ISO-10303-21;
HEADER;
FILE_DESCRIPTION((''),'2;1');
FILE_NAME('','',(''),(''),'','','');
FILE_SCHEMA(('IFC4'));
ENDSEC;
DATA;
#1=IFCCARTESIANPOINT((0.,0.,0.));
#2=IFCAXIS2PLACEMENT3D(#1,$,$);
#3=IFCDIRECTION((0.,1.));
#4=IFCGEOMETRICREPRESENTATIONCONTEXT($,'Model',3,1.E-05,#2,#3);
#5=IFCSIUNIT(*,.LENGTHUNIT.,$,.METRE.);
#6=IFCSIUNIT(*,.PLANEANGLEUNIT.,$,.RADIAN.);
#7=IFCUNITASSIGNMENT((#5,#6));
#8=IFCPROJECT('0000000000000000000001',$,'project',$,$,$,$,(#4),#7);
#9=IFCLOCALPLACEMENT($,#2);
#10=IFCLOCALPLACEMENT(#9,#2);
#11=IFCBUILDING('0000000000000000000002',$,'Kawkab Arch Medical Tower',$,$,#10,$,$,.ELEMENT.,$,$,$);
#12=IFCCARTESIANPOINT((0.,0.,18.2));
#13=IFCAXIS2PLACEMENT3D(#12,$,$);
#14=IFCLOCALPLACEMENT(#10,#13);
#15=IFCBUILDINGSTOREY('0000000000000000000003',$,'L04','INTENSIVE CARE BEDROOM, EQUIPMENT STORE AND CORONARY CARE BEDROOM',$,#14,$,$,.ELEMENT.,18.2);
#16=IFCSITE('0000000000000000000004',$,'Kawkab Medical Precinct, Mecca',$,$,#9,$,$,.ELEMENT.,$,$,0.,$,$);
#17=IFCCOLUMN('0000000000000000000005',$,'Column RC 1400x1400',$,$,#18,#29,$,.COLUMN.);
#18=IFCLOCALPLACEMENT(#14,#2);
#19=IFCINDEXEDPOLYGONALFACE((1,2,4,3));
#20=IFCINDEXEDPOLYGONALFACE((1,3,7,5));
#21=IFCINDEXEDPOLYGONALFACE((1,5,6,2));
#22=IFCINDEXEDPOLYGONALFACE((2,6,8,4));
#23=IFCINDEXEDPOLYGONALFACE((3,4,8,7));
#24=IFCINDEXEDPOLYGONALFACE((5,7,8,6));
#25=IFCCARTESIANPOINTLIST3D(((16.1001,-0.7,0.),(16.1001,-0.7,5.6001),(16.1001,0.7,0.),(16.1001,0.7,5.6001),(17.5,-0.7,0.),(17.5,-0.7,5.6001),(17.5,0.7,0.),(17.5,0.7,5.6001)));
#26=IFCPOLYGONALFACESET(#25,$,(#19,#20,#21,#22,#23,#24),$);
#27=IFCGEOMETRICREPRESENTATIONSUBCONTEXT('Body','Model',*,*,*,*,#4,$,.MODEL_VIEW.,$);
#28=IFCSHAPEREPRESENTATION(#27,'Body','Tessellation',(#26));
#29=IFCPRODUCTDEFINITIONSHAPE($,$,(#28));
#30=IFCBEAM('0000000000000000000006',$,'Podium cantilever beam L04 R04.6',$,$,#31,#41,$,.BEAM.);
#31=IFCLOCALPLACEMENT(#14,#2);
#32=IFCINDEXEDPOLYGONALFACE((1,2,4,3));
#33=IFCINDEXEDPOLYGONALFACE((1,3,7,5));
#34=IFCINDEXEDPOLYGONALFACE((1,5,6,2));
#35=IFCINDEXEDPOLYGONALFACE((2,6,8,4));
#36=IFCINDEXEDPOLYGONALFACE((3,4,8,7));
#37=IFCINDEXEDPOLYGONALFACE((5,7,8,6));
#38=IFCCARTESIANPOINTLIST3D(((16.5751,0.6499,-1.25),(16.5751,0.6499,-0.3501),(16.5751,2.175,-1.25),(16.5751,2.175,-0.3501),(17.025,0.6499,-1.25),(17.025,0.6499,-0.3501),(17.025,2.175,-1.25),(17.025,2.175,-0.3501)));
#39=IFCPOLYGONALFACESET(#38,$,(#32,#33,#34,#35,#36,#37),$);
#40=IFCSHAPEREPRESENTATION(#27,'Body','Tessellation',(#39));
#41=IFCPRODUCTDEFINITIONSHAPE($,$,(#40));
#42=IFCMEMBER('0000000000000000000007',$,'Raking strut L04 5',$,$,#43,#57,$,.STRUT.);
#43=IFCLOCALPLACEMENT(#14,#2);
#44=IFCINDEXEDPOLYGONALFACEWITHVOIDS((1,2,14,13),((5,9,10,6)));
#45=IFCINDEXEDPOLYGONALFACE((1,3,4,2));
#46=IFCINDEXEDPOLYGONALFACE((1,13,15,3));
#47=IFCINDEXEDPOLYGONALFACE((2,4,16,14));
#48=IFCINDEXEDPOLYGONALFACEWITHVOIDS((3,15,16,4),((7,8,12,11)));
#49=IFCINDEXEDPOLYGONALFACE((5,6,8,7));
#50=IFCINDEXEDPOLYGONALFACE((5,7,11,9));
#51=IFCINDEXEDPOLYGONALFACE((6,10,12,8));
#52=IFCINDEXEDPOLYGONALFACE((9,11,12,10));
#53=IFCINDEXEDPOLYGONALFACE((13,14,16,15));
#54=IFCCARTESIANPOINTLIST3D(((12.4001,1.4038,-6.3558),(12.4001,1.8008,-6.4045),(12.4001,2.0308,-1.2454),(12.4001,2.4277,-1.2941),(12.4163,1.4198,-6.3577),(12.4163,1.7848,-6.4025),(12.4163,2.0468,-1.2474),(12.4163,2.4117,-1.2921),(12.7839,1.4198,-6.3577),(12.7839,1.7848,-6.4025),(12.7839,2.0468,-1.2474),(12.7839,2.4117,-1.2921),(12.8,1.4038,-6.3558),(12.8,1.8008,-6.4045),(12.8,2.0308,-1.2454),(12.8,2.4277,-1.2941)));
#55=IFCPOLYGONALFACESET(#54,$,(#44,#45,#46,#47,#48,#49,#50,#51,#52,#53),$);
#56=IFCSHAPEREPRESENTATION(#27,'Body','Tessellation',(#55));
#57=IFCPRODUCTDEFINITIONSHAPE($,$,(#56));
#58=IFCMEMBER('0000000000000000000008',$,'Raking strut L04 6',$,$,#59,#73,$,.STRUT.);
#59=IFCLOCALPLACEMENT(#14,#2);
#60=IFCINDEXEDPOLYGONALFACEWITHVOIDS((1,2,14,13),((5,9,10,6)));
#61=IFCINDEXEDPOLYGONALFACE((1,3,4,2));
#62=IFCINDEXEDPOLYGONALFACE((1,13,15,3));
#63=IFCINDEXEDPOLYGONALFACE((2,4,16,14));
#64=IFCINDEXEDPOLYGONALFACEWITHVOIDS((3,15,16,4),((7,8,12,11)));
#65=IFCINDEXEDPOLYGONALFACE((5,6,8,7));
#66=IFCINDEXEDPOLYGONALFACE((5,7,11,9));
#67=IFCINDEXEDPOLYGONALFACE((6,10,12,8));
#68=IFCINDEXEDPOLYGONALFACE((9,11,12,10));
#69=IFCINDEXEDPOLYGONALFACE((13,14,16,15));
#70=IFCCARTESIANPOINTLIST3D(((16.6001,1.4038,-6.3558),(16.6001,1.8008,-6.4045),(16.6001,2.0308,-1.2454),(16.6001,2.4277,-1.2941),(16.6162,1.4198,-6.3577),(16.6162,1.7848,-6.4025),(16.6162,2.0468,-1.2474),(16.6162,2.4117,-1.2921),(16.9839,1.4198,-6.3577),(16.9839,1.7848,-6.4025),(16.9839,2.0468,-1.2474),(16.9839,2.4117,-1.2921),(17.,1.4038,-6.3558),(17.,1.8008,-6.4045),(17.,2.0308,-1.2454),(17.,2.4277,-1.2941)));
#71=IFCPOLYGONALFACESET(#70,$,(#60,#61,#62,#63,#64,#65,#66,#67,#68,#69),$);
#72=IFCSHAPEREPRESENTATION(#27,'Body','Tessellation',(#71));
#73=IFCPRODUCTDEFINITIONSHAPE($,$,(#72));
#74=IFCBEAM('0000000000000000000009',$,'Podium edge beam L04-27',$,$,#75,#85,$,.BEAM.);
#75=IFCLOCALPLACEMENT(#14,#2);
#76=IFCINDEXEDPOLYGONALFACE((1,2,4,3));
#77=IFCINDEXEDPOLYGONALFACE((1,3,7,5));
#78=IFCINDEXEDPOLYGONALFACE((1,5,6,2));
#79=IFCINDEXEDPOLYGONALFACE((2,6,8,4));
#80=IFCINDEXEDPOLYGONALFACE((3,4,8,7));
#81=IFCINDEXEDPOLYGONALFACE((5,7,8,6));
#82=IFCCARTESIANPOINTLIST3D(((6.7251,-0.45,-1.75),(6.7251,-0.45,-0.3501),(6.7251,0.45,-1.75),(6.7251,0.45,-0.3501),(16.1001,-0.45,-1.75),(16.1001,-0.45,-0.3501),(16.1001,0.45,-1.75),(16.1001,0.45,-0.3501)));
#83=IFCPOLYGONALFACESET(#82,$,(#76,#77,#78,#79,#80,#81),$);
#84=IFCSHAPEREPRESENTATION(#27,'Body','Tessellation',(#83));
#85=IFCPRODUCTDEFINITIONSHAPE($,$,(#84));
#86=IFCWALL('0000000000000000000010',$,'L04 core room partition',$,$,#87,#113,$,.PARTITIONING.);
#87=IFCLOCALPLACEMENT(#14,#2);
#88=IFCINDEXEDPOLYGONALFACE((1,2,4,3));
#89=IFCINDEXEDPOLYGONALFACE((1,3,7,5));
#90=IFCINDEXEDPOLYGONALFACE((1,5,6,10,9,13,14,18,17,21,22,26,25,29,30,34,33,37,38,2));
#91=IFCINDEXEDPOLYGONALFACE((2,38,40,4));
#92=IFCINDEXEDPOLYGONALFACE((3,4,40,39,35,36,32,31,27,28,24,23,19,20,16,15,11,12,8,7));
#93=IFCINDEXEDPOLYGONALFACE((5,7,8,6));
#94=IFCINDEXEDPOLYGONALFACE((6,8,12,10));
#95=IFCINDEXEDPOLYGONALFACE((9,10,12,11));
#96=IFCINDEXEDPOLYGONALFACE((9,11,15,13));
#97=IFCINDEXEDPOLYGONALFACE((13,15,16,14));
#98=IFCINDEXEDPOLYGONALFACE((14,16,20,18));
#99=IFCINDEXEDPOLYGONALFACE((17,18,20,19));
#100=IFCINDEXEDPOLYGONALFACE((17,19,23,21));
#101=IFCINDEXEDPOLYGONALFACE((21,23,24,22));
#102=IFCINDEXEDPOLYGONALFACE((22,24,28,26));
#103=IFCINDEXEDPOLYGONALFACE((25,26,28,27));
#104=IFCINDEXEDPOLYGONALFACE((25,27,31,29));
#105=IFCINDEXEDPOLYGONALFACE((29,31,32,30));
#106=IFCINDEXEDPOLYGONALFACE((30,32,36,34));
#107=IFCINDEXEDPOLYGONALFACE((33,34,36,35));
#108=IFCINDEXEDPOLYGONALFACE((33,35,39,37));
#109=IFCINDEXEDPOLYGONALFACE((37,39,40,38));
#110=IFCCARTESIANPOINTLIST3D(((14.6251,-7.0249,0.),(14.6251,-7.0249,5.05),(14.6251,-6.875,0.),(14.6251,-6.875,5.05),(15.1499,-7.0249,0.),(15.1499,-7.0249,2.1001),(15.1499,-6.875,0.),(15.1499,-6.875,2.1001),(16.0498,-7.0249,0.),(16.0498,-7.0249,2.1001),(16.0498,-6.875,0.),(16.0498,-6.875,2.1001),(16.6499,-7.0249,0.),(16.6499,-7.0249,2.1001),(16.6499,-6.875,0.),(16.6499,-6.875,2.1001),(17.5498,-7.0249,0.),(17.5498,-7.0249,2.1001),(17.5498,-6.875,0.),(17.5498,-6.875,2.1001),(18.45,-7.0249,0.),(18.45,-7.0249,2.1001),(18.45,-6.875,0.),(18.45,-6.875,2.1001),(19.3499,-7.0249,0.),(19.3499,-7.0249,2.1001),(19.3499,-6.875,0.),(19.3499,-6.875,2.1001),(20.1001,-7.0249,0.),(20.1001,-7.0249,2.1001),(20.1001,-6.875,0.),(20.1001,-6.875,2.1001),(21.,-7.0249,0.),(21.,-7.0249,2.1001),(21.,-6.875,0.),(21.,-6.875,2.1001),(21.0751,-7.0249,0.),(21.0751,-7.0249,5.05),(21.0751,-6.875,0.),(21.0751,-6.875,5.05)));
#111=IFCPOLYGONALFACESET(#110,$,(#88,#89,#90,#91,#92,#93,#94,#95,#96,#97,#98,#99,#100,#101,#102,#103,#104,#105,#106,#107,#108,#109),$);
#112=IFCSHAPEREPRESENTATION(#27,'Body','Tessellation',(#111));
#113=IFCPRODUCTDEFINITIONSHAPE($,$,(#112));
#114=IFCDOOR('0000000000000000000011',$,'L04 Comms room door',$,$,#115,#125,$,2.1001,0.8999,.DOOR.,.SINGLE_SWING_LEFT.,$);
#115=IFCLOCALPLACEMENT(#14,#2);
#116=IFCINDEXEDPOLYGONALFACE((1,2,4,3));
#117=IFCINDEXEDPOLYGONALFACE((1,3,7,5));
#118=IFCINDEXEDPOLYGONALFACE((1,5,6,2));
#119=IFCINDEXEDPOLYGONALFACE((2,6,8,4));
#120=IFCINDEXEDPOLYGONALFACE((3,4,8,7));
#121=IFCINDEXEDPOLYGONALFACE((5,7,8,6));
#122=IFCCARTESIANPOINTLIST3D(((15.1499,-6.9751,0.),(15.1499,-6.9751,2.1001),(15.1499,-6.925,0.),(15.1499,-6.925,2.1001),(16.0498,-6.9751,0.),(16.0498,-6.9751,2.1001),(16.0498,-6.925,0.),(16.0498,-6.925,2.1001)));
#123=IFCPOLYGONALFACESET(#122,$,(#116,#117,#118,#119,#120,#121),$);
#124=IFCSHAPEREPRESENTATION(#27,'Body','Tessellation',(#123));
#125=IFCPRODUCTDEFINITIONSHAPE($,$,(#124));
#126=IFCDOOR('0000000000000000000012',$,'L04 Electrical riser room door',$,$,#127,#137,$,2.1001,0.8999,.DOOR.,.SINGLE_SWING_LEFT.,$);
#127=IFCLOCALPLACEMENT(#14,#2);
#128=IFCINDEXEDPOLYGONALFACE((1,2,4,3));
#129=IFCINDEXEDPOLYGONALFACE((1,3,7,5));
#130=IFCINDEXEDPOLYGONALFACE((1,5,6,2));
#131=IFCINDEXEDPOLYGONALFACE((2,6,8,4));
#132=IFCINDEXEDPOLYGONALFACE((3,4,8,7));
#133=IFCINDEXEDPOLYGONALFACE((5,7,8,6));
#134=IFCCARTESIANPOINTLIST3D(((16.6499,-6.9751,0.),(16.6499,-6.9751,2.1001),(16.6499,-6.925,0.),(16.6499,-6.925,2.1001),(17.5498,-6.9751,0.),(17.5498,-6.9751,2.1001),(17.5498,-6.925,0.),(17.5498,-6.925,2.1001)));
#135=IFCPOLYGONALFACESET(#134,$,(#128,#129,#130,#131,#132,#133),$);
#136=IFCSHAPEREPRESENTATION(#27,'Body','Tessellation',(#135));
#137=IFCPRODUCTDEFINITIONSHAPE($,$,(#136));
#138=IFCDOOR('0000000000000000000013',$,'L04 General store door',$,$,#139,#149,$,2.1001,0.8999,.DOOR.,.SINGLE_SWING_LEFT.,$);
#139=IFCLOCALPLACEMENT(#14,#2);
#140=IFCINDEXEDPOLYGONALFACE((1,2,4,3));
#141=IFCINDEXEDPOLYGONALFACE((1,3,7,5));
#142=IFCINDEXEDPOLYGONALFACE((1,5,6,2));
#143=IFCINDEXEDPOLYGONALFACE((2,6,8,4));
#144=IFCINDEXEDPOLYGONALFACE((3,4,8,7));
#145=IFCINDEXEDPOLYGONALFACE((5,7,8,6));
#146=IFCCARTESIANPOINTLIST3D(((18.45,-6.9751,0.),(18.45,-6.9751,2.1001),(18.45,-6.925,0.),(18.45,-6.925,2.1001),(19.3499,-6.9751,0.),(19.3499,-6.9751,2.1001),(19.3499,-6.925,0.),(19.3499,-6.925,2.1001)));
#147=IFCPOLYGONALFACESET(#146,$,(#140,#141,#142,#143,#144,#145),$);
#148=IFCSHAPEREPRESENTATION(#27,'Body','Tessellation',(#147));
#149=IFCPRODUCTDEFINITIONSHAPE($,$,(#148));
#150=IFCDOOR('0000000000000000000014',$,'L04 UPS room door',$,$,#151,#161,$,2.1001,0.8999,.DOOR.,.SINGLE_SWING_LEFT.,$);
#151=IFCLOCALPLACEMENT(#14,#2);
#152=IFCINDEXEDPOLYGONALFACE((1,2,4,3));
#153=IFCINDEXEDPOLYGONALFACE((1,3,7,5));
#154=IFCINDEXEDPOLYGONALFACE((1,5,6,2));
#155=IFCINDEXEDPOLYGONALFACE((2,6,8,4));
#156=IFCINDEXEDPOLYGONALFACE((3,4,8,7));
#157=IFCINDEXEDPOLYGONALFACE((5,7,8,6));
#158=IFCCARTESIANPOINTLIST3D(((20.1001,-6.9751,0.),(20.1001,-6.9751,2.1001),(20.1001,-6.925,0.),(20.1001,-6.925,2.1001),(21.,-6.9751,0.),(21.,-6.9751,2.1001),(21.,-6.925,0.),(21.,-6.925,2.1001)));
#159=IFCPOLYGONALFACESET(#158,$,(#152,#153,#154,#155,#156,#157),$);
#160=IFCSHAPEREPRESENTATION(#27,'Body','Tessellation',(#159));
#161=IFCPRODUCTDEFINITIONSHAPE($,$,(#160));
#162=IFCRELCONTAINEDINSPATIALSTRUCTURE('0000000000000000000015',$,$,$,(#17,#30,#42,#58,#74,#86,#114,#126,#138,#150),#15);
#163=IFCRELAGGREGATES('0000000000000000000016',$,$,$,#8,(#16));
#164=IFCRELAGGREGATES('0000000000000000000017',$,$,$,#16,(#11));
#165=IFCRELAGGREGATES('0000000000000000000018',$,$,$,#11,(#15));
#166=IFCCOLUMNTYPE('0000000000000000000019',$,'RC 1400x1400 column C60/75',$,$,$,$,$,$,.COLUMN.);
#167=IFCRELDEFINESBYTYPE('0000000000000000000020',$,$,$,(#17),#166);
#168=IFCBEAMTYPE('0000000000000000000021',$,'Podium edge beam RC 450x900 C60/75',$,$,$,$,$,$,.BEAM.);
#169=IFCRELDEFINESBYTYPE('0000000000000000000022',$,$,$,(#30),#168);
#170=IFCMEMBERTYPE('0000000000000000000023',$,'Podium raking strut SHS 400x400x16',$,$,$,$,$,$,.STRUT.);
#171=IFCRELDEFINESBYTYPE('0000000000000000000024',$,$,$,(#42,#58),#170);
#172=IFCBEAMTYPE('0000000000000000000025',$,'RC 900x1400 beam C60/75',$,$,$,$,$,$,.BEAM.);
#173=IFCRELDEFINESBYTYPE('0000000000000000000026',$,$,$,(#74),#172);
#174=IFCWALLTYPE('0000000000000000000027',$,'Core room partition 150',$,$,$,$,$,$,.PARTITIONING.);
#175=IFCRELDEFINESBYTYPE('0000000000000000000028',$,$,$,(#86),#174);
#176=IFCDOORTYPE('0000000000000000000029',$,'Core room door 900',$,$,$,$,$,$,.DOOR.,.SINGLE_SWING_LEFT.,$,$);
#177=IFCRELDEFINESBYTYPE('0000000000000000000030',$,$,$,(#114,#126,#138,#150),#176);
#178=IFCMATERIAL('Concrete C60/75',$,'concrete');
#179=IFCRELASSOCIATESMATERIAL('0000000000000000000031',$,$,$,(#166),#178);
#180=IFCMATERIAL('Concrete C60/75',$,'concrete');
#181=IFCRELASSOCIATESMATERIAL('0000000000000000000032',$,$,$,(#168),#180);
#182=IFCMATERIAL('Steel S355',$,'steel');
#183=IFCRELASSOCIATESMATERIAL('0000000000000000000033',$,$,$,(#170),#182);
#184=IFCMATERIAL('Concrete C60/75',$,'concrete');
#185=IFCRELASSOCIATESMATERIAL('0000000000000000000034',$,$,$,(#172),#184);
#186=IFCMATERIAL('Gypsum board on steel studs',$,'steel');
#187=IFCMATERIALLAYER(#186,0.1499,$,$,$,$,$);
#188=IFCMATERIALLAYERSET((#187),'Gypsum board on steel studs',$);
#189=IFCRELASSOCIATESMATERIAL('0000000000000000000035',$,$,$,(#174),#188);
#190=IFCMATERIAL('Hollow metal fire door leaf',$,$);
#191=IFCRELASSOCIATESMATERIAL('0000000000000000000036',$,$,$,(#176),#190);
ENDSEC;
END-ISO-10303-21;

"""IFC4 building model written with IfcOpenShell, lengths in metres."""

from ifc_helpers import new_model, si_unit, direction, frame, frame_2d, origin, origin_2d, place, context, subcontext, project, spatial, rectangle, hollow_rectangle, extrude, material, layer, layer_set, material_profile, profile_set, type_object, element, fill, save


model = new_model("IFC4")

# Units and contexts
model_context = context("Model", 3, precision=1e-05, world=origin(), true_north=direction((0.0, 1.0)))
body_context = subcontext(model_context, "Body", "Model", "MODEL_VIEW")
ifc_project = project(units=[si_unit("LENGTHUNIT", "METRE"), si_unit("PLANEANGLEUNIT", "RADIAN")], contexts=[model_context])

# Site, building, storey
site_placement = place(None, origin())
site = spatial("IfcSite", under=ifc_project, at=site_placement, Name="Kawkab Medical Precinct, Mecca", CompositionType="ELEMENT", RefElevation=0.0)
building_placement = place(site_placement, origin())
building = spatial("IfcBuilding", under=site, at=building_placement, Name="Kawkab Arch Medical Tower", CompositionType="ELEMENT")
storey_placement = place(building_placement, frame((0.0, 0.0, 18.2)))
storey = spatial("IfcBuildingStorey", under=building, at=storey_placement, Name="L04", Description="INTENSIVE CARE BEDROOM, EQUIPMENT STORE AND CORONARY CARE BEDROOM", CompositionType="ELEMENT", Elevation=18.2)

# Column
ifc_material_1 = material(Name="Concrete C60/75", Category="concrete")
ifc_material_profile_1 = material_profile(ifc_material_1, rectangle(XDim=1.3999, YDim=1.3999, at=origin_2d()), Name="RC 1400x1400")
ifc_profile_set_1 = profile_set([ifc_material_profile_1], Name="Concrete C60/75")
column_type = type_object("IfcColumnType", Name="RC 1400x1400 column C60/75", PredefinedType="COLUMN", material=ifc_profile_set_1)
column_placement = place(storey_placement, frame((16.8, 0.0, 0.0), z_axis=(0.0, 0.0, 1.0), x_axis=(1.0, 0.0, 0.0)))
element("IfcColumn", 1, at=column_placement, inside=storey, type_object=column_type, Name="Column RC 1400x1400", PredefinedType="COLUMN", context=body_context, shape_type="SweptSolid", body=[
    extrude(rectangle(XDim=1.3999, YDim=1.3999, at=origin_2d()), origin(), (0.0, 0.0, 1.0), 5.6001),
])

# Beam
ifc_material_2 = material(Name="Concrete C60/75", Category="concrete")
ifc_material_profile_2 = material_profile(ifc_material_2, rectangle(XDim=0.45, YDim=0.8999, at=origin_2d()), Name="RC 450x900")
ifc_profile_set_2 = profile_set([ifc_material_profile_2], Name="Concrete C60/75")
beam_type_1 = type_object("IfcBeamType", Name="Podium edge beam RC 450x900 C60/75", PredefinedType="BEAM", material=ifc_profile_set_2)
beam_1_placement = place(storey_placement, frame((16.8, 0.6499, -0.8), z_axis=(0.0, 1.0, 0.0), x_axis=(-1.0, 0.0, 0.0)))
element("IfcBeam", 2, at=beam_1_placement, inside=storey, type_object=beam_type_1, Name="Podium cantilever beam L04 R04.6", PredefinedType="BEAM", context=body_context, shape_type="SweptSolid", body=[
    extrude(rectangle(XDim=0.45, YDim=0.8999, at=origin_2d()), origin(), (0.0, 0.0, 1.0), 1.5251),
])

# Members
ifc_material_3 = material(Name="Steel S355", Category="steel")
ifc_material_profile_3 = material_profile(ifc_material_3, hollow_rectangle(XDim=0.3999, YDim=0.3999, WallThickness=0.0161, at=origin_2d()), Name="SHS 400x400x16")
ifc_profile_set_3 = profile_set([ifc_material_profile_3], Name="Steel S355")
member_type = type_object("IfcMemberType", Name="Podium raking strut SHS 400x400x16", PredefinedType="STRUT", material=ifc_profile_set_3)
for number, where, z_axis, x_axis, name in (
    (3, (12.6001, 1.6023, -6.3801), (0.0, 0.12177, 0.992558), (-1.0, 0.0, 0.0), "Raking strut L04 5"),
    (4, (16.8, 1.6023, -6.3801), (0.0, 0.12177, 0.992558), (-1.0, 0.0, 0.0), "Raking strut L04 6"),
):
    element("IfcMember", number, at=place(storey_placement, frame(where, z_axis=z_axis, x_axis=x_axis)), inside=storey, type_object=member_type, Name=name, PredefinedType="STRUT", context=body_context, shape_type="SweptSolid", body=[
        extrude(hollow_rectangle(XDim=0.3999, YDim=0.3999, WallThickness=0.0161, at=origin_2d()), origin(), (0.0, 0.0, 1.0), 5.1487),
    ])

# Beam
ifc_material_4 = material(Name="Concrete C60/75", Category="concrete")
ifc_material_profile_4 = material_profile(ifc_material_4, rectangle(XDim=0.8999, YDim=1.3999, at=origin_2d()), Name="RC 900x1400")
ifc_profile_set_4 = profile_set([ifc_material_profile_4], Name="Concrete C60/75")
beam_type_2 = type_object("IfcBeamType", Name="RC 900x1400 beam C60/75", PredefinedType="BEAM", material=ifc_profile_set_4)
beam_2_placement = place(storey_placement, frame((16.1001, 0.0, -1.05), z_axis=(-1.0, 0.0, 0.0), x_axis=(0.0, -1.0, 0.0)))
element("IfcBeam", 5, at=beam_2_placement, inside=storey, type_object=beam_type_2, Name="Podium edge beam L04-27", PredefinedType="BEAM", context=body_context, shape_type="SweptSolid", body=[
    extrude(rectangle(XDim=0.8999, YDim=1.3999, at=origin_2d()), origin(), (0.0, 0.0, 1.0), 9.375),
])

# Wall, openings, doors
ifc_material_5 = material(Name="Gypsum board on steel studs", Category="steel")
ifc_layer_1 = layer(ifc_material_5, 0.1499)
ifc_layer_set_1 = layer_set([ifc_layer_1], Name="Gypsum board on steel studs")
wall_type_1 = type_object("IfcWallType", Name="Core room partition 150", PredefinedType="PARTITIONING", material=ifc_layer_set_1)
wall_1_placement = place(storey_placement, frame((14.625, -6.95, 0.0), z_axis=(0.0, 0.0, 1.0), x_axis=(1.0, 0.0, 0.0)))
wall_1 = element("IfcWall", 6, at=wall_1_placement, inside=storey, type_object=wall_type_1, Name="L04 core room partition", PredefinedType="PARTITIONING", context=body_context, shape_type="SweptSolid", body=[
    extrude(rectangle(XDim=6.45, YDim=0.1499, at=frame_2d((3.2251, 0.0))), origin(), (0.0, 0.0, 1.0), 5.05),
])
opening_1_placement = place(wall_1_placement, frame((0.5249, 0.0, 0.0)))
opening_1 = element("IfcOpeningElement", 7, at=opening_1_placement, cuts=wall_1, PredefinedType="OPENING", context=body_context, shape_type="SweptSolid", body=[
    extrude(rectangle(XDim=0.8999, YDim=2.1001, at=frame_2d((0.45, 1.05))), frame((0.0, 0.085, 0.0), z_axis=(0.0, -1.0, 0.0), x_axis=(1.0, 0.0, 0.0)), (0.0, 0.0, 1.0), 0.1699),
])
opening_2_placement = place(wall_1_placement, frame((2.0249, 0.0, 0.0)))
opening_2 = element("IfcOpeningElement", 8, at=opening_2_placement, cuts=wall_1, PredefinedType="OPENING", context=body_context, shape_type="SweptSolid", body=[
    extrude(rectangle(XDim=0.8999, YDim=2.1001, at=frame_2d((0.45, 1.05))), frame((0.0, 0.085, 0.0), z_axis=(0.0, -1.0, 0.0), x_axis=(1.0, 0.0, 0.0)), (0.0, 0.0, 1.0), 0.1699),
])
opening_3_placement = place(wall_1_placement, frame((3.825, 0.0, 0.0)))
opening_3 = element("IfcOpeningElement", 9, at=opening_3_placement, cuts=wall_1, PredefinedType="OPENING", context=body_context, shape_type="SweptSolid", body=[
    extrude(rectangle(XDim=0.8999, YDim=2.1001, at=frame_2d((0.45, 1.05))), frame((0.0, 0.085, 0.0), z_axis=(0.0, -1.0, 0.0), x_axis=(1.0, 0.0, 0.0)), (0.0, 0.0, 1.0), 0.1699),
])
opening_4_placement = place(wall_1_placement, frame((5.4751, 0.0, 0.0)))
opening_4 = element("IfcOpeningElement", 10, at=opening_4_placement, cuts=wall_1, PredefinedType="OPENING", context=body_context, shape_type="SweptSolid", body=[
    extrude(rectangle(XDim=0.8999, YDim=2.1001, at=frame_2d((0.45, 1.05))), frame((0.0, 0.085, 0.0), z_axis=(0.0, -1.0, 0.0), x_axis=(1.0, 0.0, 0.0)), (0.0, 0.0, 1.0), 0.1699),
])
ifc_material_6 = material(Name="Hollow metal fire door leaf")
door_type = type_object("IfcDoorType", Name="Core room door 900", OperationType="SINGLE_SWING_LEFT", PredefinedType="DOOR", material=ifc_material_6)
door_1_placement = place(opening_1_placement, origin())
door_1 = element("IfcDoor", 11, at=door_1_placement, inside=storey, type_object=door_type, Name="L04 Comms room door", OperationType="SINGLE_SWING_LEFT", OverallHeight=2.1001, OverallWidth=0.8999, PredefinedType="DOOR", context=body_context, shape_type="SweptSolid", body=[
    extrude(rectangle(XDim=0.8999, YDim=2.1001, at=frame_2d((0.45, 1.05))), frame((0.0, 0.0249, 0.0), z_axis=(0.0, -1.0, 0.0), x_axis=(1.0, 0.0, 0.0)), (0.0, 0.0, 1.0), 0.05),
])
fill(opening_1, door_1)
door_2_placement = place(opening_2_placement, origin())
door_2 = element("IfcDoor", 12, at=door_2_placement, inside=storey, type_object=door_type, Name="L04 Electrical riser room door", OperationType="SINGLE_SWING_LEFT", OverallHeight=2.1001, OverallWidth=0.8999, PredefinedType="DOOR", context=body_context, shape_type="SweptSolid", body=[
    extrude(rectangle(XDim=0.8999, YDim=2.1001, at=frame_2d((0.45, 1.05))), frame((0.0, 0.0249, 0.0), z_axis=(0.0, -1.0, 0.0), x_axis=(1.0, 0.0, 0.0)), (0.0, 0.0, 1.0), 0.05),
])
fill(opening_2, door_2)
door_3_placement = place(opening_3_placement, origin())
door_3 = element("IfcDoor", 13, at=door_3_placement, inside=storey, type_object=door_type, Name="L04 General store door", OperationType="SINGLE_SWING_LEFT", OverallHeight=2.1001, OverallWidth=0.8999, PredefinedType="DOOR", context=body_context, shape_type="SweptSolid", body=[
    extrude(rectangle(XDim=0.8999, YDim=2.1001, at=frame_2d((0.45, 1.05))), frame((0.0, 0.0249, 0.0), z_axis=(0.0, -1.0, 0.0), x_axis=(1.0, 0.0, 0.0)), (0.0, 0.0, 1.0), 0.05),
])
fill(opening_3, door_3)
door_4_placement = place(opening_4_placement, origin())
door_4 = element("IfcDoor", 14, at=door_4_placement, inside=storey, type_object=door_type, Name="L04 UPS room door", OperationType="SINGLE_SWING_LEFT", OverallHeight=2.1001, OverallWidth=0.8999, PredefinedType="DOOR", context=body_context, shape_type="SweptSolid", body=[
    extrude(rectangle(XDim=0.8999, YDim=2.1001, at=frame_2d((0.45, 1.05))), frame((0.0, 0.0249, 0.0), z_axis=(0.0, -1.0, 0.0), x_axis=(1.0, 0.0, 0.0)), (0.0, 0.0, 1.0), 0.05),
])
fill(opening_4, door_4)

save(model, "model.ifc")
